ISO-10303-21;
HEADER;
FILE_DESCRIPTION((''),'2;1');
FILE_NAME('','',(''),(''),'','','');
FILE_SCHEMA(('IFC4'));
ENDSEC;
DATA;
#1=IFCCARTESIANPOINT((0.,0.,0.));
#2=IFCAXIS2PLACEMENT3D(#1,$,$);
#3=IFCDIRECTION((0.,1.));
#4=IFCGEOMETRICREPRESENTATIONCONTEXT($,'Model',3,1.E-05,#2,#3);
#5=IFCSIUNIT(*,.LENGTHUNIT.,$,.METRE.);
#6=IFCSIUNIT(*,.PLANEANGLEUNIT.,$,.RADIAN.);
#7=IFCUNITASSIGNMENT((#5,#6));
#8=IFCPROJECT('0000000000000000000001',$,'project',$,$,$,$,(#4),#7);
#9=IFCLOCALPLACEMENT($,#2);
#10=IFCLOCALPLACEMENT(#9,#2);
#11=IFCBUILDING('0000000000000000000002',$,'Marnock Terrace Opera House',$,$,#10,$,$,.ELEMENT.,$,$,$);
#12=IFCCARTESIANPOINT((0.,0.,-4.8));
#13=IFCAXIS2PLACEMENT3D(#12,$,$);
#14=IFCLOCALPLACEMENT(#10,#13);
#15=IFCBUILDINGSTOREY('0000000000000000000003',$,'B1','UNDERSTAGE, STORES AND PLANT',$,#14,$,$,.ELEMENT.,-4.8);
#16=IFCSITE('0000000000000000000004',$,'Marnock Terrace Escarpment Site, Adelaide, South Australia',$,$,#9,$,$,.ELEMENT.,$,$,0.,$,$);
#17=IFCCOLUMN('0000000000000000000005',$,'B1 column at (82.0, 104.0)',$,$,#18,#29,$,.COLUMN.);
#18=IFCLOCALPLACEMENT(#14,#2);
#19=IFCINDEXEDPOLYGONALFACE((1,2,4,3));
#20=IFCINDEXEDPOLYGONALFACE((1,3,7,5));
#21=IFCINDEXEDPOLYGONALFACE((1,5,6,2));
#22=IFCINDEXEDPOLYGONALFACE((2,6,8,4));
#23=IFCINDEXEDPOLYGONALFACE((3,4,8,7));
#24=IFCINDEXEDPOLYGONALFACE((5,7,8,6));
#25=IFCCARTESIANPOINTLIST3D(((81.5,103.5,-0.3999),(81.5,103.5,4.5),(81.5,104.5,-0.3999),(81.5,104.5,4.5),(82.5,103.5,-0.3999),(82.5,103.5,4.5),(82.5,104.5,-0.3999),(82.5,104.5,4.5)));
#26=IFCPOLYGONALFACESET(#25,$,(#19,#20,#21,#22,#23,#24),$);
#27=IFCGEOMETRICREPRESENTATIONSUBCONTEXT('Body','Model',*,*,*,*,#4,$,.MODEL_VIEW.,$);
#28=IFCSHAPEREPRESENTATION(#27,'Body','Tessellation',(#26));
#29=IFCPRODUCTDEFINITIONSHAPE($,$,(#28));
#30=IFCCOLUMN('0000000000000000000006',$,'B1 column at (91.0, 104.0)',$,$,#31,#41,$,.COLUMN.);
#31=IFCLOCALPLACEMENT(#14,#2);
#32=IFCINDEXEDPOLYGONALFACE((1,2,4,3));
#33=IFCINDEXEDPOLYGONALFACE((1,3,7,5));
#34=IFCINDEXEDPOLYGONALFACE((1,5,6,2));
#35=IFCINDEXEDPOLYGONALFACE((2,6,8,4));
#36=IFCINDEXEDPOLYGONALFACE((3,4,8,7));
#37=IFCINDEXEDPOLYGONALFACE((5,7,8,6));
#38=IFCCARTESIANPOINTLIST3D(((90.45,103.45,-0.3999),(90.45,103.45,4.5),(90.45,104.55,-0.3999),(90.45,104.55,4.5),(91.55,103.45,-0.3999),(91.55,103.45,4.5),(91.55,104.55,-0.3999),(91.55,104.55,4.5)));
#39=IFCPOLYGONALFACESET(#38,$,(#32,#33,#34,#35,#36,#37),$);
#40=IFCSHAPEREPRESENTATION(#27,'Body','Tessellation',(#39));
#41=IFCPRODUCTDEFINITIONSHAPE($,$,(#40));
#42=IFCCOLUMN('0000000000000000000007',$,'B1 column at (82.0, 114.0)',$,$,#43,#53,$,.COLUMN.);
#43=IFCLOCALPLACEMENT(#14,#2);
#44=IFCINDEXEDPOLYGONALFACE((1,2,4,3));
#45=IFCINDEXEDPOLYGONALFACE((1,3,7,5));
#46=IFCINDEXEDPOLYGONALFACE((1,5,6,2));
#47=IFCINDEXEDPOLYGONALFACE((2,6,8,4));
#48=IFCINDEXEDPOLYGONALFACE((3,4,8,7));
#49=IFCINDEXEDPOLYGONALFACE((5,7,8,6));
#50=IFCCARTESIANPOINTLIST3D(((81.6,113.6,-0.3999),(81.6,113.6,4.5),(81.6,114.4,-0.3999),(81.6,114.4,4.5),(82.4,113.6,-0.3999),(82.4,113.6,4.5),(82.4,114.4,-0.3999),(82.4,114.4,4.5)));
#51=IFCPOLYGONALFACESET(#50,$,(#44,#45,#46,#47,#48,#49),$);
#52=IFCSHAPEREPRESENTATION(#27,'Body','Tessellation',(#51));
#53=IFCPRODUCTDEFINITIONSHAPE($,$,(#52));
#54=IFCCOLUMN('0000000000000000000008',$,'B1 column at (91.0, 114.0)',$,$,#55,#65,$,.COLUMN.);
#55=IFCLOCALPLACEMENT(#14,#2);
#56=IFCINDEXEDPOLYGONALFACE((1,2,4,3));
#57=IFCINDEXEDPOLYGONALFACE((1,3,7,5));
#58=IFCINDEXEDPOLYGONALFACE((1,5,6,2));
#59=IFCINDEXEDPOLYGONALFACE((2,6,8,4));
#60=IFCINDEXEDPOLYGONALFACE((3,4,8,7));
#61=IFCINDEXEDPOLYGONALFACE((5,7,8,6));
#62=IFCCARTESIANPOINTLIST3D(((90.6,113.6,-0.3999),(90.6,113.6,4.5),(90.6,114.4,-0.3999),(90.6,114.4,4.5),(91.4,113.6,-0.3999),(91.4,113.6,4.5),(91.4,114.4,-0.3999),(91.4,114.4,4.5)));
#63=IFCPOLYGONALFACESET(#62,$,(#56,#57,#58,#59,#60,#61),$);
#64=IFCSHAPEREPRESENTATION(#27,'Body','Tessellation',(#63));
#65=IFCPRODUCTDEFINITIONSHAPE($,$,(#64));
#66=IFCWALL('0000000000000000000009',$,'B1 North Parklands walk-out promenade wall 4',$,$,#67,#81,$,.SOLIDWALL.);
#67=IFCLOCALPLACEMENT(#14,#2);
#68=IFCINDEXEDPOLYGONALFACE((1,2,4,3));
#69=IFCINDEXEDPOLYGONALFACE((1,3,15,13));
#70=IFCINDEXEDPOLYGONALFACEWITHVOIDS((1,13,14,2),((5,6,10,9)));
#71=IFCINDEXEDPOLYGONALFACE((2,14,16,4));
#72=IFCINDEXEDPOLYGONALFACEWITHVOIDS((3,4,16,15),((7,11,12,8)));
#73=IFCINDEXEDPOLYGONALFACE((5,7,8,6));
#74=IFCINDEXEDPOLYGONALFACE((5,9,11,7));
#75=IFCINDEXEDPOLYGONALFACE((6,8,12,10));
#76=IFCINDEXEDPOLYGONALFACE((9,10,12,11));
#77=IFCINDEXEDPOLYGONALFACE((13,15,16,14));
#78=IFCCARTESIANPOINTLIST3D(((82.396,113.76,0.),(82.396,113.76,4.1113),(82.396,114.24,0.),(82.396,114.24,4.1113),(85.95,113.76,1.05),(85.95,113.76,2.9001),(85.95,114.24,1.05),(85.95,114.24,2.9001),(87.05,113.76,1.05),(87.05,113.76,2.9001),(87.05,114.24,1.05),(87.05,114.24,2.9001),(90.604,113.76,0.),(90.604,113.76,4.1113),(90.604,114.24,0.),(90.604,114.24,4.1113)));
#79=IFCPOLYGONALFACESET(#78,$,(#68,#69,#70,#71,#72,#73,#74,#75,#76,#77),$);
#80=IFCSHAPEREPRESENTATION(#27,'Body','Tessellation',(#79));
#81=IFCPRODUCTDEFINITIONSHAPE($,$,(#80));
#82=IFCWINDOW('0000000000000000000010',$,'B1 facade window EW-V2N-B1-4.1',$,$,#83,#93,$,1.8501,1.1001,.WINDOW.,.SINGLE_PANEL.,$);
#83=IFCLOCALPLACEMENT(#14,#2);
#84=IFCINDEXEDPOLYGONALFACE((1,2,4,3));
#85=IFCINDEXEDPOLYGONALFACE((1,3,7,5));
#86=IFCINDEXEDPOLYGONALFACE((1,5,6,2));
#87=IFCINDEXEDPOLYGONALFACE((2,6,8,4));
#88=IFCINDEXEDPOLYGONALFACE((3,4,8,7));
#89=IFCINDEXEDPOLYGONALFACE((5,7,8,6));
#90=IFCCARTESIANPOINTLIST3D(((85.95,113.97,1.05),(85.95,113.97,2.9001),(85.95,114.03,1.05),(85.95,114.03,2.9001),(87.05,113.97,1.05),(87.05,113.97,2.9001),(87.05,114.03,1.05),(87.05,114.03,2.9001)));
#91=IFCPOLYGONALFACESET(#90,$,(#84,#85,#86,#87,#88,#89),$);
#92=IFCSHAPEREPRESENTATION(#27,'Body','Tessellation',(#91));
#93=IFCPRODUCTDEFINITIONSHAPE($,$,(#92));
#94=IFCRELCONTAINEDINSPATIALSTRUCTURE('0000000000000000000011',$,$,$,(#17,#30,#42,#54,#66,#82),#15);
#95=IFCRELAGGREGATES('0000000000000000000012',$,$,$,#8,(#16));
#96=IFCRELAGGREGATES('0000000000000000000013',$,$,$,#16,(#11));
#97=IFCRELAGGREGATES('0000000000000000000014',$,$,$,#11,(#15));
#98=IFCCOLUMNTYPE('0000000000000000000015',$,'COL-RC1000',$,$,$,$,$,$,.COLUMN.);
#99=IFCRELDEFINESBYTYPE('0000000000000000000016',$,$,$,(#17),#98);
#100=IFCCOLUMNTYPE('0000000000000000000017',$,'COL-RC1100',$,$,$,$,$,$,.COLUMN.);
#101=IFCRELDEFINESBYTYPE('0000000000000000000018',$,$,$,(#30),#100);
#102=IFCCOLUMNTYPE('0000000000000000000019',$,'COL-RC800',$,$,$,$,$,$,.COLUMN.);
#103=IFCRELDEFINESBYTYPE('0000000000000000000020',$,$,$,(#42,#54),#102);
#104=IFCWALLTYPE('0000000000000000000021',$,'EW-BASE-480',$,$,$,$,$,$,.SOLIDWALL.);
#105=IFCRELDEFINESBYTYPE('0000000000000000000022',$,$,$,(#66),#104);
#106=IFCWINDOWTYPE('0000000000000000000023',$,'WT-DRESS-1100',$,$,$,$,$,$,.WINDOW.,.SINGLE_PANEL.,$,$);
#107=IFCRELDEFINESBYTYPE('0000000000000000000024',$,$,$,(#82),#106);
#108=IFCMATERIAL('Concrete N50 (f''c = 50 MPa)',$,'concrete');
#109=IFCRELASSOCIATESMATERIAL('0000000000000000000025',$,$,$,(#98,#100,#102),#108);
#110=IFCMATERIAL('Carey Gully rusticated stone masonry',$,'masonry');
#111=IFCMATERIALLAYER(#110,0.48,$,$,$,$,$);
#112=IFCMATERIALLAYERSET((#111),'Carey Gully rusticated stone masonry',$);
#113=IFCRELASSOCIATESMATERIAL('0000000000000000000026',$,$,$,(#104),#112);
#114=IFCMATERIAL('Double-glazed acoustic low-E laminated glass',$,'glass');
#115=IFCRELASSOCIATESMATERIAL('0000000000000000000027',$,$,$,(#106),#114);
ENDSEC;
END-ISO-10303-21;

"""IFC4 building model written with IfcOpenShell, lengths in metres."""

from ifc_helpers import new_model, si_unit, direction, frame, frame_2d, origin, origin_2d, place, context, subcontext, project, spatial, rectangle, extrude, material, layer, layer_set, material_profile, profile_set, type_object, element, fill, save


model = new_model("IFC4")

# Units and contexts
model_context = context("Model", 3, precision=1e-05, world=origin(), true_north=direction((0.0, 1.0)))
body_context = subcontext(model_context, "Body", "Model", "MODEL_VIEW")
ifc_project = project(units=[si_unit("LENGTHUNIT", "METRE"), si_unit("PLANEANGLEUNIT", "RADIAN")], contexts=[model_context])

# Site, building, storey
site_placement = place(None, origin())
site = spatial("IfcSite", under=ifc_project, at=site_placement, Name="Marnock Terrace Escarpment Site, Adelaide, South Australia", CompositionType="ELEMENT", RefElevation=0.0)
building_placement = place(site_placement, origin())
building = spatial("IfcBuilding", under=site, at=building_placement, Name="Marnock Terrace Opera House", CompositionType="ELEMENT")
storey_placement = place(building_placement, frame((0.0, 0.0, -4.8)))
storey = spatial("IfcBuildingStorey", under=building, at=storey_placement, Name="B1", Description="UNDERSTAGE, STORES AND PLANT", CompositionType="ELEMENT", Elevation=-4.8)

# Columns
ifc_material_1 = material(Name="Concrete N50 (f'c = 50 MPa)", Category="concrete")
ifc_material_profile_1 = material_profile(ifc_material_1, rectangle(XDim=1.0, YDim=1.0, at=origin_2d()))
ifc_profile_set_1 = profile_set([ifc_material_profile_1], Name="Concrete N50 (f'c = 50 MPa)")
column_type_1 = type_object("IfcColumnType", Name="COL-RC1000", PredefinedType="COLUMN", material=ifc_profile_set_1)
column_1_placement = place(storey_placement, frame((82.0, 104.0, -0.3999), z_axis=(0.0, 0.0, 1.0), x_axis=(1.0, 0.0, 0.0)))
element("IfcColumn", 1, at=column_1_placement, inside=storey, type_object=column_type_1, Name="B1 column at (82.0, 104.0)", PredefinedType="COLUMN", context=body_context, shape_type="SweptSolid", body=[
    extrude(rectangle(XDim=1.0, YDim=1.0, at=origin_2d()), origin(), (0.0, 0.0, 1.0), 4.8999),
])
ifc_material_profile_2 = material_profile(ifc_material_1, rectangle(XDim=1.1001, YDim=1.1001, at=origin_2d()))
ifc_profile_set_2 = profile_set([ifc_material_profile_2], Name="Concrete N50 (f'c = 50 MPa)")
column_type_2 = type_object("IfcColumnType", Name="COL-RC1100", PredefinedType="COLUMN", material=ifc_profile_set_2)
column_2_placement = place(storey_placement, frame((91.0, 104.0, -0.3999), z_axis=(0.0, 0.0, 1.0), x_axis=(1.0, 0.0, 0.0)))
element("IfcColumn", 2, at=column_2_placement, inside=storey, type_object=column_type_2, Name="B1 column at (91.0, 104.0)", PredefinedType="COLUMN", context=body_context, shape_type="SweptSolid", body=[
    extrude(rectangle(XDim=1.1001, YDim=1.1001, at=origin_2d()), origin(), (0.0, 0.0, 1.0), 4.8999),
])
ifc_material_profile_3 = material_profile(ifc_material_1, rectangle(XDim=0.8, YDim=0.8, at=origin_2d()))
ifc_profile_set_3 = profile_set([ifc_material_profile_3], Name="Concrete N50 (f'c = 50 MPa)")
column_type_3 = type_object("IfcColumnType", Name="COL-RC800", PredefinedType="COLUMN", material=ifc_profile_set_3)
for number, where, z_axis, x_axis, name in (
    (3, (82.0, 114.0, -0.3999), (0.0, 0.0, 1.0), (1.0, 0.0, 0.0), "B1 column at (82.0, 114.0)"),
    (4, (91.0, 114.0, -0.3999), (0.0, 0.0, 1.0), (1.0, 0.0, 0.0), "B1 column at (91.0, 114.0)"),
):
    element("IfcColumn", number, at=place(storey_placement, frame(where, z_axis=z_axis, x_axis=x_axis)), inside=storey, type_object=column_type_3, Name=name, PredefinedType="COLUMN", context=body_context, shape_type="SweptSolid", body=[
        extrude(rectangle(XDim=0.8, YDim=0.8, at=origin_2d()), origin(), (0.0, 0.0, 1.0), 4.8999),
    ])

# Wall, opening, window
ifc_material_2 = material(Name="Carey Gully rusticated stone masonry", Category="masonry")
ifc_layer_1 = layer(ifc_material_2, 0.48)
ifc_layer_set_1 = layer_set([ifc_layer_1], Name="Carey Gully rusticated stone masonry")
wall_type = type_object("IfcWallType", Name="EW-BASE-480", PredefinedType="SOLIDWALL", material=ifc_layer_set_1)
wall_1_placement = place(storey_placement, frame((82.396, 114.0, 0.0), z_axis=(0.0, 0.0, 1.0), x_axis=(1.0, 0.0, 0.0)))
wall_1 = element("IfcWall", 5, at=wall_1_placement, inside=storey, type_object=wall_type, Name="B1 North Parklands walk-out promenade wall 4", PredefinedType="SOLIDWALL", context=body_context, shape_type="SweptSolid", body=[
    extrude(rectangle(XDim=8.208, YDim=0.48, at=frame_2d((4.104, 0.0))), origin(), (0.0, 0.0, 1.0), 4.1113),
])
opening_1_placement = place(wall_1_placement, frame((3.554, 0.0, 1.05)))
opening_1 = element("IfcOpeningElement", 6, at=opening_1_placement, cuts=wall_1, PredefinedType="OPENING", context=body_context, shape_type="SweptSolid", body=[
    extrude(rectangle(XDim=1.1001, YDim=1.8501, at=frame_2d((0.55, 0.925))), frame((0.0, 0.25, 0.0), z_axis=(0.0, -1.0, 0.0), x_axis=(1.0, 0.0, 0.0)), (0.0, 0.0, 1.0), 0.5),
])
ifc_material_3 = material(Name="Double-glazed acoustic low-E laminated glass", Category="glass")
window_type = type_object("IfcWindowType", Name="WT-DRESS-1100", PartitioningType="SINGLE_PANEL", PredefinedType="WINDOW", material=ifc_material_3)
window_placement = place(opening_1_placement, origin())
window = element("IfcWindow", 7, at=window_placement, inside=storey, type_object=window_type, Name="B1 facade window EW-V2N-B1-4.1", OverallHeight=1.8501, OverallWidth=1.1001, PartitioningType="SINGLE_PANEL", PredefinedType="WINDOW", context=body_context, shape_type="SweptSolid", body=[
    extrude(rectangle(XDim=1.1001, YDim=1.8501, at=frame_2d((0.55, 0.925))), frame((0.0, 0.03, 0.0), z_axis=(0.0, -1.0, 0.0), x_axis=(1.0, 0.0, 0.0)), (0.0, 0.0, 1.0), 0.0601),
])
fill(opening_1, window)

save(model, "model.ifc")
